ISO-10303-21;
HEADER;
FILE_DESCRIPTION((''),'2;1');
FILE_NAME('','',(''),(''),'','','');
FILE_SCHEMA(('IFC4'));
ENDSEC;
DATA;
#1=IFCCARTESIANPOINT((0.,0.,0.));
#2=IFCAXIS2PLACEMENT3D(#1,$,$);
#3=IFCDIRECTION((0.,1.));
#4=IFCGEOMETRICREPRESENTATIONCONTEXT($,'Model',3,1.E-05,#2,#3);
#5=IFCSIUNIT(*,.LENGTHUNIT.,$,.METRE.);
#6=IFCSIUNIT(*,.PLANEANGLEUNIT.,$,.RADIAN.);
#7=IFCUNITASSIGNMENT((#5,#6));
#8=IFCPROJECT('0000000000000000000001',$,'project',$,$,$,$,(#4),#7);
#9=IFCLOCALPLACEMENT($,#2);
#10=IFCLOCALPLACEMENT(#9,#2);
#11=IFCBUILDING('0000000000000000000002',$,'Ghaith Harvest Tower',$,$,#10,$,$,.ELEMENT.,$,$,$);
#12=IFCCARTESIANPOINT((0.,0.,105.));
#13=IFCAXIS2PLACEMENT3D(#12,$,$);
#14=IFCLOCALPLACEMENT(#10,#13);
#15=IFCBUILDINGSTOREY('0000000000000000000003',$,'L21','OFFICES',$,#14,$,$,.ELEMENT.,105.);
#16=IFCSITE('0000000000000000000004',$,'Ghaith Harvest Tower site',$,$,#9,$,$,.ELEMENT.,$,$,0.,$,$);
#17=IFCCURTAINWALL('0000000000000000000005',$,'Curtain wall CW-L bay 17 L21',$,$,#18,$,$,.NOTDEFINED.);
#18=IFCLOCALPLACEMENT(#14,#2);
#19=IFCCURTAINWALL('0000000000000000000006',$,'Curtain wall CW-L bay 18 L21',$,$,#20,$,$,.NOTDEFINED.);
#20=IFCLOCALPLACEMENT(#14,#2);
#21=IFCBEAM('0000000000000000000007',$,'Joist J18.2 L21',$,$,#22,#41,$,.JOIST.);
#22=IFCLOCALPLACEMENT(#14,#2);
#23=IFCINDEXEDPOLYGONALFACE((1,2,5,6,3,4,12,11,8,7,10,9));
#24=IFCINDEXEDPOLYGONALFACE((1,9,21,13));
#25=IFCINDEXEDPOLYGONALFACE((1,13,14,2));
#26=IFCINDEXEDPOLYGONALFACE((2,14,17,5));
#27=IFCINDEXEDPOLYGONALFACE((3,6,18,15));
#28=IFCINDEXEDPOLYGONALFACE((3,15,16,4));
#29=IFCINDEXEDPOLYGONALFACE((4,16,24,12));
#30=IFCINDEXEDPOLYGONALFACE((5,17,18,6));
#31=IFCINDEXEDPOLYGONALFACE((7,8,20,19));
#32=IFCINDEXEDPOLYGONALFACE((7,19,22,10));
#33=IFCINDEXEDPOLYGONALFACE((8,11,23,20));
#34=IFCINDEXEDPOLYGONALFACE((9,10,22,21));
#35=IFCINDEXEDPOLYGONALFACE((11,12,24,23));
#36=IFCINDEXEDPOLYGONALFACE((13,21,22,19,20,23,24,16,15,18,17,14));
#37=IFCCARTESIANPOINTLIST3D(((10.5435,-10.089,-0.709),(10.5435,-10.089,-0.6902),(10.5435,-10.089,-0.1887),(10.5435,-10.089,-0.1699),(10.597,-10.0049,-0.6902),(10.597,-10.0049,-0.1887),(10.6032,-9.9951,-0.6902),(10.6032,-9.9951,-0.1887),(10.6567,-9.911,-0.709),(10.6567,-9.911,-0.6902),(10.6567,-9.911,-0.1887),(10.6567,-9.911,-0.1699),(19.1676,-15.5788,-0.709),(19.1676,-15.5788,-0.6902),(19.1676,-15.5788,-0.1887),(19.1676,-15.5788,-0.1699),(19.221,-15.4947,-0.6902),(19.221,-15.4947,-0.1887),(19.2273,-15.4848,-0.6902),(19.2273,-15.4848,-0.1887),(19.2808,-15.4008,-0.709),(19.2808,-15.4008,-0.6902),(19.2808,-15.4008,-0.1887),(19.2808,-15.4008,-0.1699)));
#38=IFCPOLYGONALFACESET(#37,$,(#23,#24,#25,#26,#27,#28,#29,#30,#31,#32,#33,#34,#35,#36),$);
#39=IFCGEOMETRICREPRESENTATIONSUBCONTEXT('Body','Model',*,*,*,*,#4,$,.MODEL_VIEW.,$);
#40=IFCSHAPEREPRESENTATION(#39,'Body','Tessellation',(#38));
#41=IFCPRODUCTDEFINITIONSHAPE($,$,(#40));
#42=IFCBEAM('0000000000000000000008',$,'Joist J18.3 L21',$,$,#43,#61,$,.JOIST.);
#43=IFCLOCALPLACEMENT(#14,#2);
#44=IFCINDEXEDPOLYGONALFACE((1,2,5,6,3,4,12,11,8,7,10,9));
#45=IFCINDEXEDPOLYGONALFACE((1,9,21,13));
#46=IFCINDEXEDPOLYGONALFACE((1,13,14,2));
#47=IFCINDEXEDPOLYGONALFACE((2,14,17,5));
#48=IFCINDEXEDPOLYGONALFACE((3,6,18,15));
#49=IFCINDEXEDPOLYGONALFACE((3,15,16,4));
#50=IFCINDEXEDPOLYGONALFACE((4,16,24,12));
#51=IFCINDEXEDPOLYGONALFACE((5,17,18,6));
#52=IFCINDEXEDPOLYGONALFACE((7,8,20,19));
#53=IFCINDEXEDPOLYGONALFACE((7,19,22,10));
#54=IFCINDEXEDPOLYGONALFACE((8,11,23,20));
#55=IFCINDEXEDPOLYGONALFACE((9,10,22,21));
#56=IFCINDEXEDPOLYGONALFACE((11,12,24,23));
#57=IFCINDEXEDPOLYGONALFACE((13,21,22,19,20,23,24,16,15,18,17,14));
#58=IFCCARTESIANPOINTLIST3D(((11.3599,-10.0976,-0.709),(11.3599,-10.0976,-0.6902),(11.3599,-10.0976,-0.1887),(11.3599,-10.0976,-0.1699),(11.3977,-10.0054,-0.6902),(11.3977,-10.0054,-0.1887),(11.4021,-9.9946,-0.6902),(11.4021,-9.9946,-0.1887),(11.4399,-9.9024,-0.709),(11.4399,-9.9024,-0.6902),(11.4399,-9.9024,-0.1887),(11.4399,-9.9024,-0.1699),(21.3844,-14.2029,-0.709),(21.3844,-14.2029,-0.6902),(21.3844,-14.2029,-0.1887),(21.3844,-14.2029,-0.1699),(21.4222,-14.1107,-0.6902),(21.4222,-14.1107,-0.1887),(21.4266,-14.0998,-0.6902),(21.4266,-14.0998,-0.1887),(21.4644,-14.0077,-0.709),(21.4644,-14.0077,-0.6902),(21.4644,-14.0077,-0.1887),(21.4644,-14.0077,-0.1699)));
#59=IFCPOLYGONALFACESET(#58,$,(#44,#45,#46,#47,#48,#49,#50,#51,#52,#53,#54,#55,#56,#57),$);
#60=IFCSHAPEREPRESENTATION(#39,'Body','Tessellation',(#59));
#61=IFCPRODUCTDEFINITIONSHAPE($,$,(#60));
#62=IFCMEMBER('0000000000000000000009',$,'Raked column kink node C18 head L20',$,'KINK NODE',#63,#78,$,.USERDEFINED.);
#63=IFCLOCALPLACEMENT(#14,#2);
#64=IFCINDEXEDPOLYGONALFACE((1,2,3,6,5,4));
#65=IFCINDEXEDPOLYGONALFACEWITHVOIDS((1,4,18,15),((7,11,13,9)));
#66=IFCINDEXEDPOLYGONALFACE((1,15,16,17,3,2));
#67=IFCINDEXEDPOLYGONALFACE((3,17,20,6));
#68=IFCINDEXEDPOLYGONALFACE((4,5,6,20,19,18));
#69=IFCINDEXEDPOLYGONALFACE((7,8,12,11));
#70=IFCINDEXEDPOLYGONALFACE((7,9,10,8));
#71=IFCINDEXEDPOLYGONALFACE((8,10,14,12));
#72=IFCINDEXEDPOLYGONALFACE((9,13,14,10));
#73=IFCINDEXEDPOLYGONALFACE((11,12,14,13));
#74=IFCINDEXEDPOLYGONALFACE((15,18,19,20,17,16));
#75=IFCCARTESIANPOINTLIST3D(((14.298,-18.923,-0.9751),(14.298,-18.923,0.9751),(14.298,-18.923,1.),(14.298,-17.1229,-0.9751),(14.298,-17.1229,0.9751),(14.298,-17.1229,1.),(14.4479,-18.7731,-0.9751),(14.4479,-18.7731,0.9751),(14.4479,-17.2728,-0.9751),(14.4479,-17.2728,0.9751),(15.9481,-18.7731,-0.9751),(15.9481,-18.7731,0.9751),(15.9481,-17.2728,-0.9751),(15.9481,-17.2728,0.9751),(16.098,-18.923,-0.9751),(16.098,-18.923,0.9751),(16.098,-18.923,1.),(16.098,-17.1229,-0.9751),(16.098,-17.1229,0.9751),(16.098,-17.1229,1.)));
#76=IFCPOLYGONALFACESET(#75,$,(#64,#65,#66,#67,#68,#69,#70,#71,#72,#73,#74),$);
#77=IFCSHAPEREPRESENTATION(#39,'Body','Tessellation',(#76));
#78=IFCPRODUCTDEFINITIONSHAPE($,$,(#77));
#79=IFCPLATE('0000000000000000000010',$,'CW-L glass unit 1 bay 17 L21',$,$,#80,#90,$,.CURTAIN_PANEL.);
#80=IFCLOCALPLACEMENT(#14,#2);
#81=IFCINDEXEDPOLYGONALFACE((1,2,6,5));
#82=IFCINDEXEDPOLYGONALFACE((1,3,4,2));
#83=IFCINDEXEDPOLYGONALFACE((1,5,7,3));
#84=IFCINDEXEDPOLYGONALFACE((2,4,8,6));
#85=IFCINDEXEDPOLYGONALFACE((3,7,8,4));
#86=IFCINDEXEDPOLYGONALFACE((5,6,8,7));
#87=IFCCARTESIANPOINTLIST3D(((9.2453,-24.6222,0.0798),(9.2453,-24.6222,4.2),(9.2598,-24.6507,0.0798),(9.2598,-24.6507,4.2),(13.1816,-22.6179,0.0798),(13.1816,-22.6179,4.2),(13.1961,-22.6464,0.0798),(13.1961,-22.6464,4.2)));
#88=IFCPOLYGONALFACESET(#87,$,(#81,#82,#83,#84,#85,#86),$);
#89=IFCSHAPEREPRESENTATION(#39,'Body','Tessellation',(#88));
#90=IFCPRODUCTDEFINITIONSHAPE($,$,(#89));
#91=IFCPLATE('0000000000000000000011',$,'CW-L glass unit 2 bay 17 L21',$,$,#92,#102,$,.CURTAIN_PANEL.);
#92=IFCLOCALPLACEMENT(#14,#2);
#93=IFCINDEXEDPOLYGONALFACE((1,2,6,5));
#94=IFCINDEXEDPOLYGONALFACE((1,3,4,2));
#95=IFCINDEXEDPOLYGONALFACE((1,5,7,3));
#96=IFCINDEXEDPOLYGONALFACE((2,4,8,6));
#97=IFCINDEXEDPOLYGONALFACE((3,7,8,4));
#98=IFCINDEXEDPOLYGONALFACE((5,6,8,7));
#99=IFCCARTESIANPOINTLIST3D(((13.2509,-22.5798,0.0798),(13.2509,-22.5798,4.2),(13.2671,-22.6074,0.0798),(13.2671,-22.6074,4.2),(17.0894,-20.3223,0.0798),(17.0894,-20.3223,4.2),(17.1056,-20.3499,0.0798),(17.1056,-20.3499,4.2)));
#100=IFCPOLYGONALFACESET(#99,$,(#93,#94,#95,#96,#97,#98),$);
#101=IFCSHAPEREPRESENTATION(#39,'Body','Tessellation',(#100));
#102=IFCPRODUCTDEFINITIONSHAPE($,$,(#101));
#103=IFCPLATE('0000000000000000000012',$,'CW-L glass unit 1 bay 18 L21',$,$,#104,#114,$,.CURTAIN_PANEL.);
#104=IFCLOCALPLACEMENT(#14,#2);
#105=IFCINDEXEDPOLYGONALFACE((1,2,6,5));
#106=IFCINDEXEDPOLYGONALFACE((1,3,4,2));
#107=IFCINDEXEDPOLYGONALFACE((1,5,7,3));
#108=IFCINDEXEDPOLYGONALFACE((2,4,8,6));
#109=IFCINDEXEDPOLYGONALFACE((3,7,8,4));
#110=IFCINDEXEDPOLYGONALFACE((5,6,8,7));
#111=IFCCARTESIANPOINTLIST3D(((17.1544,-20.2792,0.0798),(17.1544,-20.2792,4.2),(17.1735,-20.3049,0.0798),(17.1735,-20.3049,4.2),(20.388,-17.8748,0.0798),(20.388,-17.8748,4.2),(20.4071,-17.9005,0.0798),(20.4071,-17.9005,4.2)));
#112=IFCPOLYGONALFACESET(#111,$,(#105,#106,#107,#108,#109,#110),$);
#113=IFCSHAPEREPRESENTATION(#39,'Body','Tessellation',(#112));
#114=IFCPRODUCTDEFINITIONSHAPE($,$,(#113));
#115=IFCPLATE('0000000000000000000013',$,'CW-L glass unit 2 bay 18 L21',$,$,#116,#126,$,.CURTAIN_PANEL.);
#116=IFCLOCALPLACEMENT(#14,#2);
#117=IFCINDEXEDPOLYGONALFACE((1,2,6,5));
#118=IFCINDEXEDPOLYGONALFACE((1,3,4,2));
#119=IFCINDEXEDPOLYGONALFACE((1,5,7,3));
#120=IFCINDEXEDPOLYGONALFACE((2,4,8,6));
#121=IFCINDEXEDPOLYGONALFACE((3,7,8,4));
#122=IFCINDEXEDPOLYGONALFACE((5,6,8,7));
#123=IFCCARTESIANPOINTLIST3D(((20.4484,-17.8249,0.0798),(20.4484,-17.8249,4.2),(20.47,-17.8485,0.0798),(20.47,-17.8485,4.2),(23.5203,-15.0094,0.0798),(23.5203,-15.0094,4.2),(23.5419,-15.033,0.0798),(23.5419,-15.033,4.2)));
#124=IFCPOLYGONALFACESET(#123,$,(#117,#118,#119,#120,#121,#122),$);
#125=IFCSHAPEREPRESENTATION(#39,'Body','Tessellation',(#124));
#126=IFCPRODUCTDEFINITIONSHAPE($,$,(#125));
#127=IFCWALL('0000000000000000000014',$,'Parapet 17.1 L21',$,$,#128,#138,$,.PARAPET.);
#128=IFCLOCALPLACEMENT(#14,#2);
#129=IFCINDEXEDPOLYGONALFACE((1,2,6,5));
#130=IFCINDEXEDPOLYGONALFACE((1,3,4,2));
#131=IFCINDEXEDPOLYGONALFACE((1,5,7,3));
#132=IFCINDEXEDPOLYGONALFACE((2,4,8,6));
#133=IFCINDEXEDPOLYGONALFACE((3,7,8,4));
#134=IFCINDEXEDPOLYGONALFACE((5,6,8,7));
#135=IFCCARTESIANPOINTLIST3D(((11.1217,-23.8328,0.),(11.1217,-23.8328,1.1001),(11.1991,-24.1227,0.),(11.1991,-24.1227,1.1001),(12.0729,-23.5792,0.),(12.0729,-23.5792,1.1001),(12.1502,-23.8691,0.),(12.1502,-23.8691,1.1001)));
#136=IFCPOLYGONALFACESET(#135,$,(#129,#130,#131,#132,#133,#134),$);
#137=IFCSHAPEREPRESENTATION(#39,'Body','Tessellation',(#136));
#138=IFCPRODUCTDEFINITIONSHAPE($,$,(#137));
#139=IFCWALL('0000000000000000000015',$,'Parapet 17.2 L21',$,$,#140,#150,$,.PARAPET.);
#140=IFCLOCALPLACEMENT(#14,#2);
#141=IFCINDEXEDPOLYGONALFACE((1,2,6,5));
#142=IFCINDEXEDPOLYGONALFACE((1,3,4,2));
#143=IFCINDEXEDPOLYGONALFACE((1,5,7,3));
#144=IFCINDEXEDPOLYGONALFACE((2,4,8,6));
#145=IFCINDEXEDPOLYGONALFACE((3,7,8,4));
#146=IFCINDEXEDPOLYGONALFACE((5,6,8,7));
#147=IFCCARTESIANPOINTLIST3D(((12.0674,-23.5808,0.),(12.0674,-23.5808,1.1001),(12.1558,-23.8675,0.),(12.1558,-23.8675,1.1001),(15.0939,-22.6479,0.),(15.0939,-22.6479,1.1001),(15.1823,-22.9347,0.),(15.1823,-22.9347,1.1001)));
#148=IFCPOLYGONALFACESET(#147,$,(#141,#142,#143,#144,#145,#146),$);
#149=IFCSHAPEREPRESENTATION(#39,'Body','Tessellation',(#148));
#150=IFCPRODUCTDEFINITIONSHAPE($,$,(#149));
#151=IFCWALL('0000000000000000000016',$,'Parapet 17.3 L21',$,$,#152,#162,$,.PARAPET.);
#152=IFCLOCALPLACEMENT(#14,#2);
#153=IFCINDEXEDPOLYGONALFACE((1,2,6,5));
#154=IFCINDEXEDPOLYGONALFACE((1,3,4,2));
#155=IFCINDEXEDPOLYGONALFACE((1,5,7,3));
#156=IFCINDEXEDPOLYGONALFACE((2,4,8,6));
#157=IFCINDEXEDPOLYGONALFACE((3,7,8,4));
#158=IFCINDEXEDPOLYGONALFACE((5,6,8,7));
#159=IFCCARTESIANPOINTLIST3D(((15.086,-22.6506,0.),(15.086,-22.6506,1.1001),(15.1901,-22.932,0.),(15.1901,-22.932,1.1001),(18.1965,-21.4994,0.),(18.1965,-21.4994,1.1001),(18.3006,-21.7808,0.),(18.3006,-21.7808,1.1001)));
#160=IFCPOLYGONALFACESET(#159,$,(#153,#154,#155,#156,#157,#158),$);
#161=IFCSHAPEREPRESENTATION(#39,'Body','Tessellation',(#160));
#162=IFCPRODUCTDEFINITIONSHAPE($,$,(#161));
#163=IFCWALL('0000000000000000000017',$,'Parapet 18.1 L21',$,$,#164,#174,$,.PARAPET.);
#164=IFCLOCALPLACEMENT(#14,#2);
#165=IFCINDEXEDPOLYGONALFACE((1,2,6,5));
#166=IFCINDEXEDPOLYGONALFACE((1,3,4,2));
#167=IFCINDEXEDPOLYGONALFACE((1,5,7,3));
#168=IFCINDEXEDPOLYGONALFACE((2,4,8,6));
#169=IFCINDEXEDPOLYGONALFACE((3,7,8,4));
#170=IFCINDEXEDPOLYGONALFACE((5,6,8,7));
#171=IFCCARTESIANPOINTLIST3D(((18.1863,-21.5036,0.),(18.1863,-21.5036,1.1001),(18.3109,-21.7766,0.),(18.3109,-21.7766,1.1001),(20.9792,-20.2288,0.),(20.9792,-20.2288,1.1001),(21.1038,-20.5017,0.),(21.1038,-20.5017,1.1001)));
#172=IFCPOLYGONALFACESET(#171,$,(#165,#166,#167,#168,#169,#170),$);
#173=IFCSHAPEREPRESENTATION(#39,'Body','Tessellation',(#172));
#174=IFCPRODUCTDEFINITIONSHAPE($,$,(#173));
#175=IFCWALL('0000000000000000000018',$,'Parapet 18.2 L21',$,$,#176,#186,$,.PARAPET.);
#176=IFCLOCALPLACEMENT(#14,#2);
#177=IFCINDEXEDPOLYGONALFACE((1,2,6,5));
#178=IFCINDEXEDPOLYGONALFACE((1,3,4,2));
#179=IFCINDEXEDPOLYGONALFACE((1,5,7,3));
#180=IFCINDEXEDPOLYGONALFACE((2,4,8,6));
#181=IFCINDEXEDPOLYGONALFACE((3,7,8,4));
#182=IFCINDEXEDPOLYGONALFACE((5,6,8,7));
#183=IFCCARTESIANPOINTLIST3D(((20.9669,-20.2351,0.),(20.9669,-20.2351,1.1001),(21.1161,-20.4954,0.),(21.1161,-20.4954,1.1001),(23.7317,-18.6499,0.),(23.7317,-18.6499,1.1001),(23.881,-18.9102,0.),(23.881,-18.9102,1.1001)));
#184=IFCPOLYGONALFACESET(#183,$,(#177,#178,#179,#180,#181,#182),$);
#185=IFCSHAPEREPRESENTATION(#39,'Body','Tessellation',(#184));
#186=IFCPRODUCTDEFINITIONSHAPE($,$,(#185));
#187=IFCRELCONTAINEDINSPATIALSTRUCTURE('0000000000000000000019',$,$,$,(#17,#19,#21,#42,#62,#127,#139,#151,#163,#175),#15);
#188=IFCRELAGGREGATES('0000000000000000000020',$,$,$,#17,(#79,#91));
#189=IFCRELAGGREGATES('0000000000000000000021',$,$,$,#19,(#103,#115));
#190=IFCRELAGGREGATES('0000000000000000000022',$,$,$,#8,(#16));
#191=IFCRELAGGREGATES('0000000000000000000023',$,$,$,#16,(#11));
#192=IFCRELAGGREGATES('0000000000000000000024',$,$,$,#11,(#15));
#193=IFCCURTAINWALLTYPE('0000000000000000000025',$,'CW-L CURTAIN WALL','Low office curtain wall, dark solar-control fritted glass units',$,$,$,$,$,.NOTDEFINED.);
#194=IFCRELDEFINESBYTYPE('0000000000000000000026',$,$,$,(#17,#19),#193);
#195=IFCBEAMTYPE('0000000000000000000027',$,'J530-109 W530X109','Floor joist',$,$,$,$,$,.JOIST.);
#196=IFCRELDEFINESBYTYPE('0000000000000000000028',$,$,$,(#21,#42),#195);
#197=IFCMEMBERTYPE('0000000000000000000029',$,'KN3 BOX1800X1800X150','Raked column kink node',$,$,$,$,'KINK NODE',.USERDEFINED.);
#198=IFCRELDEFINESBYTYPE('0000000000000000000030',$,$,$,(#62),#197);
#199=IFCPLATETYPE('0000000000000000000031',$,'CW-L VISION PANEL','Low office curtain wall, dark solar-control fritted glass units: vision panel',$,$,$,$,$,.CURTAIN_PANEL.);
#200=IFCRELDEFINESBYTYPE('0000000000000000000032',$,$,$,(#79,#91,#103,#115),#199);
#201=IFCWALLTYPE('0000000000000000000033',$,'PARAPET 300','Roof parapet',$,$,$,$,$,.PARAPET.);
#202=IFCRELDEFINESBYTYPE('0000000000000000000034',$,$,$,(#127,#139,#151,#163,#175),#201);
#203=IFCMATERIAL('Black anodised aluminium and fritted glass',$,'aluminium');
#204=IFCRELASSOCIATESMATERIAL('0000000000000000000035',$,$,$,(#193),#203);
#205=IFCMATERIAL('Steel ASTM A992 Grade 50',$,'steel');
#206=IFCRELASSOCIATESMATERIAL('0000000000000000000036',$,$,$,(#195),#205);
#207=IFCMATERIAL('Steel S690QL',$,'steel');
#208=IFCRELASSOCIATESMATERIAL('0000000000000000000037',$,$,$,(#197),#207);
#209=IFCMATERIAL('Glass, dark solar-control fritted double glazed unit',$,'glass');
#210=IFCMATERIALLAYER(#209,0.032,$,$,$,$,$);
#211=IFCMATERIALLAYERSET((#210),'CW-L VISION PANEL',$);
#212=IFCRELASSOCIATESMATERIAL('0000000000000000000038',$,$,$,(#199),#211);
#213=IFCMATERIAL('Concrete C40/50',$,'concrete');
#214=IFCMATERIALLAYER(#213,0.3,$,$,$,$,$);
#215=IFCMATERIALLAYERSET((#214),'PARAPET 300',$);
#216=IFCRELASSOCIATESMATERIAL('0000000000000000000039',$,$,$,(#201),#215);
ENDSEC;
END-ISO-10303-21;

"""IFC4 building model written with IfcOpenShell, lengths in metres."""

from ifc_helpers import new_model, si_unit, direction, frame, frame_2d, origin, origin_2d, place, context, subcontext, project, spatial, rectangle, hollow_rectangle, i_section, extrude, boolean, material, layer, layer_set, material_profile, profile_set, type_object, element, aggregate, save


model = new_model("IFC4")

# Units and contexts
model_context = context("Model", 3, precision=1e-05, world=origin(), true_north=direction((0.0, 1.0)))
body_context = subcontext(model_context, "Body", "Model", "MODEL_VIEW")
ifc_project = project(units=[si_unit("LENGTHUNIT", "METRE"), si_unit("PLANEANGLEUNIT", "RADIAN")], contexts=[model_context])

# Site, building, storey
site_placement = place(None, origin())
site = spatial("IfcSite", under=ifc_project, at=site_placement, Name="Ghaith Harvest Tower site", CompositionType="ELEMENT", RefElevation=0.0)
building_placement = place(site_placement, origin())
building = spatial("IfcBuilding", under=site, at=building_placement, Name="Ghaith Harvest Tower", CompositionType="ELEMENT")
storey_placement = place(building_placement, frame((0.0, 0.0, 105.0)))
storey = spatial("IfcBuildingStorey", under=building, at=storey_placement, Name="L21", Description="OFFICES", CompositionType="ELEMENT", Elevation=105.0)

# Curtain wall
ifc_material_1 = material(Name="Black anodised aluminium and fritted glass", Category="aluminium")
curtain_wall_type = type_object("IfcCurtainWallType", Name="CW-L CURTAIN WALL", Description="Low office curtain wall, dark solar-control fritted glass units", PredefinedType="NOTDEFINED", material=ifc_material_1)
curtain_wall_1_placement = place(storey_placement, origin())
curtain_wall_1 = element("IfcCurtainWall", 1, at=curtain_wall_1_placement, inside=storey, type_object=curtain_wall_type, Name="Curtain wall CW-L bay 17 L21", PredefinedType="NOTDEFINED")

# Curtain wall
curtain_wall_2_placement = place(storey_placement, origin())
curtain_wall_2 = element("IfcCurtainWall", 2, at=curtain_wall_2_placement, inside=storey, type_object=curtain_wall_type, Name="Curtain wall CW-L bay 18 L21", PredefinedType="NOTDEFINED")

# Beams
ifc_material_2 = material(Name="Steel ASTM A992 Grade 50", Category="steel")
ifc_material_profile_1 = material_profile(ifc_material_2, i_section(OverallWidth=0.2109, OverallDepth=0.5391, WebThickness=0.0117, FlangeThickness=0.0188, at=origin_2d()), Name="W530X109")
ifc_profile_set_1 = profile_set([ifc_material_profile_1], Name="Steel ASTM A992 Grade 50")
beam_type_1 = type_object("IfcBeamType", Name="J530-109 W530X109", Description="Floor joist", PredefinedType="JOIST", material=ifc_profile_set_1)
beam_1_placement = place(storey_placement, frame((10.6001, -10.0, -0.4395), z_axis=(0.843585, -0.536996, 0.0), x_axis=(0.536996, 0.843585, 0.0)))
element("IfcBeam", 3, at=beam_1_placement, inside=storey, type_object=beam_type_1, Name="Joist J18.2 L21", PredefinedType="JOIST", context=body_context, shape_type="SweptSolid", body=[
    extrude(i_section(OverallWidth=0.2109, OverallDepth=0.5391, WebThickness=0.0117, FlangeThickness=0.0188, at=origin_2d()), origin(), (0.0, 0.0, 1.0), 10.2231),
])
beam_2_placement = place(storey_placement, frame((11.3999, -10.0, -0.4395), z_axis=(0.925407, -0.378975, 0.0), x_axis=(0.378975, 0.925407, 0.0)))
element("IfcBeam", 4, at=beam_2_placement, inside=storey, type_object=beam_type_1, Name="Joist J18.3 L21", PredefinedType="JOIST", context=body_context, shape_type="SweptSolid", body=[
    extrude(i_section(OverallWidth=0.2109, OverallDepth=0.5391, WebThickness=0.0117, FlangeThickness=0.0188, at=origin_2d()), origin(), (0.0, 0.0, 1.0), 10.8325),
])

# Member
ifc_material_3 = material(Name="Steel S690QL", Category="steel")
ifc_material_profile_2 = material_profile(ifc_material_3, hollow_rectangle(XDim=1.8, YDim=1.8, WallThickness=0.1499, at=origin_2d()), Name="BOX1800X1800X150")
ifc_profile_set_2 = profile_set([ifc_material_profile_2], Name="Steel S690QL")
member_type_1 = type_object("IfcMemberType", Name="KN3 BOX1800X1800X150", Description="Raked column kink node", ElementType="KINK NODE", PredefinedType="USERDEFINED", material=ifc_profile_set_2)
member_1_placement = place(storey_placement, frame((15.198, -18.0229, -0.9751), z_axis=(0.0, 0.0, 1.0), x_axis=(1.0, 0.0, 0.0)))
element("IfcMember", 5, at=member_1_placement, inside=storey, type_object=member_type_1, Name="Raked column kink node C18 head L20", ObjectType="KINK NODE", PredefinedType="USERDEFINED", context=body_context, shape_type="CSG", body=[
    boolean("UNION", extrude(hollow_rectangle(XDim=1.8, YDim=1.8, WallThickness=0.1499, at=origin_2d()), origin(), (0.0, 0.0, 1.0), 1.9502), extrude(rectangle(XDim=1.8, YDim=1.8, at=origin_2d()), frame((0.0, 0.0, 1.9502)), (0.0, 0.0, 1.0), 0.0249)),
])

# Plates
ifc_material_4 = material(Name="Glass, dark solar-control fritted double glazed unit", Category="glass")
ifc_layer_1 = layer(ifc_material_4, 0.032)
ifc_layer_set_1 = layer_set([ifc_layer_1], Name="CW-L VISION PANEL")
plate_type = type_object("IfcPlateType", Name="CW-L VISION PANEL", Description="Low office curtain wall, dark solar-control fritted glass units: vision panel", PredefinedType="CURTAIN_PANEL", material=ifc_layer_set_1)
plate_1_placement = place(storey_placement, frame((11.2207, -23.6343, 0.0798), z_axis=(0.0, 0.0, 1.0), x_axis=(0.891127, 0.453754, 0.0)))
plate_1 = element("IfcPlate", 6, at=plate_1_placement, type_object=plate_type, Name="CW-L glass unit 1 bay 17 L21", PredefinedType="CURTAIN_PANEL", context=body_context, shape_type="SweptSolid", body=[
    extrude(rectangle(XDim=4.4172, YDim=0.032, at=origin_2d()), origin(), (0.0, 0.0, 1.0), 4.1201),
])
plate_2_placement = place(storey_placement, frame((15.1782, -21.4648, 0.0798), z_axis=(0.0, 0.0, 1.0), x_axis=(0.861979, 0.506943, 0.0)))
plate_2 = element("IfcPlate", 7, at=plate_2_placement, type_object=plate_type, Name="CW-L glass unit 2 bay 17 L21", PredefinedType="CURTAIN_PANEL", context=body_context, shape_type="SweptSolid", body=[
    extrude(rectangle(XDim=4.4531, YDim=0.032, at=origin_2d()), origin(), (0.0, 0.0, 1.0), 4.1201),
])
aggregate(curtain_wall_1, [plate_1, plate_2])
plate_3_placement = place(storey_placement, frame((18.7808, -19.0898, 0.0798), z_axis=(0.0, 0.0, 1.0), x_axis=(0.802462, 0.596703, 0.0)))
plate_3 = element("IfcPlate", 8, at=plate_3_placement, type_object=plate_type, Name="CW-L glass unit 1 bay 18 L21", PredefinedType="CURTAIN_PANEL", context=body_context, shape_type="SweptSolid", body=[
    extrude(rectangle(XDim=4.0295, YDim=0.032, at=origin_2d()), origin(), (0.0, 0.0, 1.0), 4.1201),
])
plate_4_placement = place(storey_placement, frame((21.9951, -16.429, 0.0798), z_axis=(0.0, 0.0, 1.0), x_axis=(0.737202, 0.675673, 0.0)))
plate_4 = element("IfcPlate", 9, at=plate_4_placement, type_object=plate_type, Name="CW-L glass unit 2 bay 18 L21", PredefinedType="CURTAIN_PANEL", context=body_context, shape_type="SweptSolid", body=[
    extrude(rectangle(XDim=4.167, YDim=0.032, at=origin_2d()), origin(), (0.0, 0.0, 1.0), 4.1201),
])
aggregate(curtain_wall_2, [plate_3, plate_4])

# Walls
ifc_material_5 = material(Name="Concrete C40/50", Category="concrete")
ifc_layer_2 = layer(ifc_material_5, 0.3)
ifc_layer_set_2 = layer_set([ifc_layer_2], Name="PARAPET 300")
wall_type_1 = type_object("IfcWallType", Name="PARAPET 300", Description="Roof parapet", PredefinedType="PARAPET", material=ifc_layer_set_2)
wall_1_placement = place(storey_placement, frame((11.1604, -23.9778, 0.0), z_axis=(0.0, 0.0, 1.0), x_axis=(0.966231, 0.257678, 0.0)))
element("IfcWall", 10, at=wall_1_placement, inside=storey, type_object=wall_type_1, Name="Parapet 17.1 L21", PredefinedType="PARAPET", context=body_context, shape_type="SweptSolid", body=[
    extrude(rectangle(XDim=0.9844, YDim=0.3, at=frame_2d((0.4922, 0.0))), origin(), (0.0, 0.0, 1.0), 1.1001),
])
wall_2_placement = place(storey_placement, frame((12.1116, -23.7241, 0.0), z_axis=(0.0, 0.0, 1.0), x_axis=(0.955637, 0.294546, 0.0)))
element("IfcWall", 11, at=wall_2_placement, inside=storey, type_object=wall_type_1, Name="Parapet 17.2 L21", PredefinedType="PARAPET", context=body_context, shape_type="SweptSolid", body=[
    extrude(rectangle(XDim=3.167, YDim=0.3, at=frame_2d((1.5835, 0.0))), origin(), (0.0, 0.0, 1.0), 1.1001),
])
wall_3_placement = place(storey_placement, frame((15.1382, -22.7913, 0.0), z_axis=(0.0, 0.0, 1.0), x_axis=(0.937833, 0.347087, 0.0)))
element("IfcWall", 12, at=wall_3_placement, inside=storey, type_object=wall_type_1, Name="Parapet 17.3 L21", PredefinedType="PARAPET", context=body_context, shape_type="SweptSolid", body=[
    extrude(rectangle(XDim=3.3167, YDim=0.3, at=frame_2d((1.6582, 0.0))), origin(), (0.0, 0.0, 1.0), 1.1001),
])
wall_4_placement = place(storey_placement, frame((18.2485, -21.6401, 0.0), z_axis=(0.0, 0.0, 1.0), x_axis=(0.909706, 0.415252, 0.0)))
element("IfcWall", 13, at=wall_4_placement, inside=storey, type_object=wall_type_1, Name="Parapet 18.1 L21", PredefinedType="PARAPET", context=body_context, shape_type="SweptSolid", body=[
    extrude(rectangle(XDim=3.0701, YDim=0.3, at=frame_2d((1.5352, 0.0))), origin(), (0.0, 0.0, 1.0), 1.1001),
])
wall_5_placement = place(storey_placement, frame((21.0415, -20.3652, 0.0), z_axis=(0.0, 0.0, 1.0), x_axis=(0.86753, 0.497384, 0.0)))
element("IfcWall", 14, at=wall_5_placement, inside=storey, type_object=wall_type_1, Name="Parapet 18.2 L21", PredefinedType="PARAPET", context=body_context, shape_type="SweptSolid", body=[
    extrude(rectangle(XDim=3.187, YDim=0.3, at=frame_2d((1.5935, 0.0))), origin(), (0.0, 0.0, 1.0), 1.1001),
])

save(model, "model.ifc")
